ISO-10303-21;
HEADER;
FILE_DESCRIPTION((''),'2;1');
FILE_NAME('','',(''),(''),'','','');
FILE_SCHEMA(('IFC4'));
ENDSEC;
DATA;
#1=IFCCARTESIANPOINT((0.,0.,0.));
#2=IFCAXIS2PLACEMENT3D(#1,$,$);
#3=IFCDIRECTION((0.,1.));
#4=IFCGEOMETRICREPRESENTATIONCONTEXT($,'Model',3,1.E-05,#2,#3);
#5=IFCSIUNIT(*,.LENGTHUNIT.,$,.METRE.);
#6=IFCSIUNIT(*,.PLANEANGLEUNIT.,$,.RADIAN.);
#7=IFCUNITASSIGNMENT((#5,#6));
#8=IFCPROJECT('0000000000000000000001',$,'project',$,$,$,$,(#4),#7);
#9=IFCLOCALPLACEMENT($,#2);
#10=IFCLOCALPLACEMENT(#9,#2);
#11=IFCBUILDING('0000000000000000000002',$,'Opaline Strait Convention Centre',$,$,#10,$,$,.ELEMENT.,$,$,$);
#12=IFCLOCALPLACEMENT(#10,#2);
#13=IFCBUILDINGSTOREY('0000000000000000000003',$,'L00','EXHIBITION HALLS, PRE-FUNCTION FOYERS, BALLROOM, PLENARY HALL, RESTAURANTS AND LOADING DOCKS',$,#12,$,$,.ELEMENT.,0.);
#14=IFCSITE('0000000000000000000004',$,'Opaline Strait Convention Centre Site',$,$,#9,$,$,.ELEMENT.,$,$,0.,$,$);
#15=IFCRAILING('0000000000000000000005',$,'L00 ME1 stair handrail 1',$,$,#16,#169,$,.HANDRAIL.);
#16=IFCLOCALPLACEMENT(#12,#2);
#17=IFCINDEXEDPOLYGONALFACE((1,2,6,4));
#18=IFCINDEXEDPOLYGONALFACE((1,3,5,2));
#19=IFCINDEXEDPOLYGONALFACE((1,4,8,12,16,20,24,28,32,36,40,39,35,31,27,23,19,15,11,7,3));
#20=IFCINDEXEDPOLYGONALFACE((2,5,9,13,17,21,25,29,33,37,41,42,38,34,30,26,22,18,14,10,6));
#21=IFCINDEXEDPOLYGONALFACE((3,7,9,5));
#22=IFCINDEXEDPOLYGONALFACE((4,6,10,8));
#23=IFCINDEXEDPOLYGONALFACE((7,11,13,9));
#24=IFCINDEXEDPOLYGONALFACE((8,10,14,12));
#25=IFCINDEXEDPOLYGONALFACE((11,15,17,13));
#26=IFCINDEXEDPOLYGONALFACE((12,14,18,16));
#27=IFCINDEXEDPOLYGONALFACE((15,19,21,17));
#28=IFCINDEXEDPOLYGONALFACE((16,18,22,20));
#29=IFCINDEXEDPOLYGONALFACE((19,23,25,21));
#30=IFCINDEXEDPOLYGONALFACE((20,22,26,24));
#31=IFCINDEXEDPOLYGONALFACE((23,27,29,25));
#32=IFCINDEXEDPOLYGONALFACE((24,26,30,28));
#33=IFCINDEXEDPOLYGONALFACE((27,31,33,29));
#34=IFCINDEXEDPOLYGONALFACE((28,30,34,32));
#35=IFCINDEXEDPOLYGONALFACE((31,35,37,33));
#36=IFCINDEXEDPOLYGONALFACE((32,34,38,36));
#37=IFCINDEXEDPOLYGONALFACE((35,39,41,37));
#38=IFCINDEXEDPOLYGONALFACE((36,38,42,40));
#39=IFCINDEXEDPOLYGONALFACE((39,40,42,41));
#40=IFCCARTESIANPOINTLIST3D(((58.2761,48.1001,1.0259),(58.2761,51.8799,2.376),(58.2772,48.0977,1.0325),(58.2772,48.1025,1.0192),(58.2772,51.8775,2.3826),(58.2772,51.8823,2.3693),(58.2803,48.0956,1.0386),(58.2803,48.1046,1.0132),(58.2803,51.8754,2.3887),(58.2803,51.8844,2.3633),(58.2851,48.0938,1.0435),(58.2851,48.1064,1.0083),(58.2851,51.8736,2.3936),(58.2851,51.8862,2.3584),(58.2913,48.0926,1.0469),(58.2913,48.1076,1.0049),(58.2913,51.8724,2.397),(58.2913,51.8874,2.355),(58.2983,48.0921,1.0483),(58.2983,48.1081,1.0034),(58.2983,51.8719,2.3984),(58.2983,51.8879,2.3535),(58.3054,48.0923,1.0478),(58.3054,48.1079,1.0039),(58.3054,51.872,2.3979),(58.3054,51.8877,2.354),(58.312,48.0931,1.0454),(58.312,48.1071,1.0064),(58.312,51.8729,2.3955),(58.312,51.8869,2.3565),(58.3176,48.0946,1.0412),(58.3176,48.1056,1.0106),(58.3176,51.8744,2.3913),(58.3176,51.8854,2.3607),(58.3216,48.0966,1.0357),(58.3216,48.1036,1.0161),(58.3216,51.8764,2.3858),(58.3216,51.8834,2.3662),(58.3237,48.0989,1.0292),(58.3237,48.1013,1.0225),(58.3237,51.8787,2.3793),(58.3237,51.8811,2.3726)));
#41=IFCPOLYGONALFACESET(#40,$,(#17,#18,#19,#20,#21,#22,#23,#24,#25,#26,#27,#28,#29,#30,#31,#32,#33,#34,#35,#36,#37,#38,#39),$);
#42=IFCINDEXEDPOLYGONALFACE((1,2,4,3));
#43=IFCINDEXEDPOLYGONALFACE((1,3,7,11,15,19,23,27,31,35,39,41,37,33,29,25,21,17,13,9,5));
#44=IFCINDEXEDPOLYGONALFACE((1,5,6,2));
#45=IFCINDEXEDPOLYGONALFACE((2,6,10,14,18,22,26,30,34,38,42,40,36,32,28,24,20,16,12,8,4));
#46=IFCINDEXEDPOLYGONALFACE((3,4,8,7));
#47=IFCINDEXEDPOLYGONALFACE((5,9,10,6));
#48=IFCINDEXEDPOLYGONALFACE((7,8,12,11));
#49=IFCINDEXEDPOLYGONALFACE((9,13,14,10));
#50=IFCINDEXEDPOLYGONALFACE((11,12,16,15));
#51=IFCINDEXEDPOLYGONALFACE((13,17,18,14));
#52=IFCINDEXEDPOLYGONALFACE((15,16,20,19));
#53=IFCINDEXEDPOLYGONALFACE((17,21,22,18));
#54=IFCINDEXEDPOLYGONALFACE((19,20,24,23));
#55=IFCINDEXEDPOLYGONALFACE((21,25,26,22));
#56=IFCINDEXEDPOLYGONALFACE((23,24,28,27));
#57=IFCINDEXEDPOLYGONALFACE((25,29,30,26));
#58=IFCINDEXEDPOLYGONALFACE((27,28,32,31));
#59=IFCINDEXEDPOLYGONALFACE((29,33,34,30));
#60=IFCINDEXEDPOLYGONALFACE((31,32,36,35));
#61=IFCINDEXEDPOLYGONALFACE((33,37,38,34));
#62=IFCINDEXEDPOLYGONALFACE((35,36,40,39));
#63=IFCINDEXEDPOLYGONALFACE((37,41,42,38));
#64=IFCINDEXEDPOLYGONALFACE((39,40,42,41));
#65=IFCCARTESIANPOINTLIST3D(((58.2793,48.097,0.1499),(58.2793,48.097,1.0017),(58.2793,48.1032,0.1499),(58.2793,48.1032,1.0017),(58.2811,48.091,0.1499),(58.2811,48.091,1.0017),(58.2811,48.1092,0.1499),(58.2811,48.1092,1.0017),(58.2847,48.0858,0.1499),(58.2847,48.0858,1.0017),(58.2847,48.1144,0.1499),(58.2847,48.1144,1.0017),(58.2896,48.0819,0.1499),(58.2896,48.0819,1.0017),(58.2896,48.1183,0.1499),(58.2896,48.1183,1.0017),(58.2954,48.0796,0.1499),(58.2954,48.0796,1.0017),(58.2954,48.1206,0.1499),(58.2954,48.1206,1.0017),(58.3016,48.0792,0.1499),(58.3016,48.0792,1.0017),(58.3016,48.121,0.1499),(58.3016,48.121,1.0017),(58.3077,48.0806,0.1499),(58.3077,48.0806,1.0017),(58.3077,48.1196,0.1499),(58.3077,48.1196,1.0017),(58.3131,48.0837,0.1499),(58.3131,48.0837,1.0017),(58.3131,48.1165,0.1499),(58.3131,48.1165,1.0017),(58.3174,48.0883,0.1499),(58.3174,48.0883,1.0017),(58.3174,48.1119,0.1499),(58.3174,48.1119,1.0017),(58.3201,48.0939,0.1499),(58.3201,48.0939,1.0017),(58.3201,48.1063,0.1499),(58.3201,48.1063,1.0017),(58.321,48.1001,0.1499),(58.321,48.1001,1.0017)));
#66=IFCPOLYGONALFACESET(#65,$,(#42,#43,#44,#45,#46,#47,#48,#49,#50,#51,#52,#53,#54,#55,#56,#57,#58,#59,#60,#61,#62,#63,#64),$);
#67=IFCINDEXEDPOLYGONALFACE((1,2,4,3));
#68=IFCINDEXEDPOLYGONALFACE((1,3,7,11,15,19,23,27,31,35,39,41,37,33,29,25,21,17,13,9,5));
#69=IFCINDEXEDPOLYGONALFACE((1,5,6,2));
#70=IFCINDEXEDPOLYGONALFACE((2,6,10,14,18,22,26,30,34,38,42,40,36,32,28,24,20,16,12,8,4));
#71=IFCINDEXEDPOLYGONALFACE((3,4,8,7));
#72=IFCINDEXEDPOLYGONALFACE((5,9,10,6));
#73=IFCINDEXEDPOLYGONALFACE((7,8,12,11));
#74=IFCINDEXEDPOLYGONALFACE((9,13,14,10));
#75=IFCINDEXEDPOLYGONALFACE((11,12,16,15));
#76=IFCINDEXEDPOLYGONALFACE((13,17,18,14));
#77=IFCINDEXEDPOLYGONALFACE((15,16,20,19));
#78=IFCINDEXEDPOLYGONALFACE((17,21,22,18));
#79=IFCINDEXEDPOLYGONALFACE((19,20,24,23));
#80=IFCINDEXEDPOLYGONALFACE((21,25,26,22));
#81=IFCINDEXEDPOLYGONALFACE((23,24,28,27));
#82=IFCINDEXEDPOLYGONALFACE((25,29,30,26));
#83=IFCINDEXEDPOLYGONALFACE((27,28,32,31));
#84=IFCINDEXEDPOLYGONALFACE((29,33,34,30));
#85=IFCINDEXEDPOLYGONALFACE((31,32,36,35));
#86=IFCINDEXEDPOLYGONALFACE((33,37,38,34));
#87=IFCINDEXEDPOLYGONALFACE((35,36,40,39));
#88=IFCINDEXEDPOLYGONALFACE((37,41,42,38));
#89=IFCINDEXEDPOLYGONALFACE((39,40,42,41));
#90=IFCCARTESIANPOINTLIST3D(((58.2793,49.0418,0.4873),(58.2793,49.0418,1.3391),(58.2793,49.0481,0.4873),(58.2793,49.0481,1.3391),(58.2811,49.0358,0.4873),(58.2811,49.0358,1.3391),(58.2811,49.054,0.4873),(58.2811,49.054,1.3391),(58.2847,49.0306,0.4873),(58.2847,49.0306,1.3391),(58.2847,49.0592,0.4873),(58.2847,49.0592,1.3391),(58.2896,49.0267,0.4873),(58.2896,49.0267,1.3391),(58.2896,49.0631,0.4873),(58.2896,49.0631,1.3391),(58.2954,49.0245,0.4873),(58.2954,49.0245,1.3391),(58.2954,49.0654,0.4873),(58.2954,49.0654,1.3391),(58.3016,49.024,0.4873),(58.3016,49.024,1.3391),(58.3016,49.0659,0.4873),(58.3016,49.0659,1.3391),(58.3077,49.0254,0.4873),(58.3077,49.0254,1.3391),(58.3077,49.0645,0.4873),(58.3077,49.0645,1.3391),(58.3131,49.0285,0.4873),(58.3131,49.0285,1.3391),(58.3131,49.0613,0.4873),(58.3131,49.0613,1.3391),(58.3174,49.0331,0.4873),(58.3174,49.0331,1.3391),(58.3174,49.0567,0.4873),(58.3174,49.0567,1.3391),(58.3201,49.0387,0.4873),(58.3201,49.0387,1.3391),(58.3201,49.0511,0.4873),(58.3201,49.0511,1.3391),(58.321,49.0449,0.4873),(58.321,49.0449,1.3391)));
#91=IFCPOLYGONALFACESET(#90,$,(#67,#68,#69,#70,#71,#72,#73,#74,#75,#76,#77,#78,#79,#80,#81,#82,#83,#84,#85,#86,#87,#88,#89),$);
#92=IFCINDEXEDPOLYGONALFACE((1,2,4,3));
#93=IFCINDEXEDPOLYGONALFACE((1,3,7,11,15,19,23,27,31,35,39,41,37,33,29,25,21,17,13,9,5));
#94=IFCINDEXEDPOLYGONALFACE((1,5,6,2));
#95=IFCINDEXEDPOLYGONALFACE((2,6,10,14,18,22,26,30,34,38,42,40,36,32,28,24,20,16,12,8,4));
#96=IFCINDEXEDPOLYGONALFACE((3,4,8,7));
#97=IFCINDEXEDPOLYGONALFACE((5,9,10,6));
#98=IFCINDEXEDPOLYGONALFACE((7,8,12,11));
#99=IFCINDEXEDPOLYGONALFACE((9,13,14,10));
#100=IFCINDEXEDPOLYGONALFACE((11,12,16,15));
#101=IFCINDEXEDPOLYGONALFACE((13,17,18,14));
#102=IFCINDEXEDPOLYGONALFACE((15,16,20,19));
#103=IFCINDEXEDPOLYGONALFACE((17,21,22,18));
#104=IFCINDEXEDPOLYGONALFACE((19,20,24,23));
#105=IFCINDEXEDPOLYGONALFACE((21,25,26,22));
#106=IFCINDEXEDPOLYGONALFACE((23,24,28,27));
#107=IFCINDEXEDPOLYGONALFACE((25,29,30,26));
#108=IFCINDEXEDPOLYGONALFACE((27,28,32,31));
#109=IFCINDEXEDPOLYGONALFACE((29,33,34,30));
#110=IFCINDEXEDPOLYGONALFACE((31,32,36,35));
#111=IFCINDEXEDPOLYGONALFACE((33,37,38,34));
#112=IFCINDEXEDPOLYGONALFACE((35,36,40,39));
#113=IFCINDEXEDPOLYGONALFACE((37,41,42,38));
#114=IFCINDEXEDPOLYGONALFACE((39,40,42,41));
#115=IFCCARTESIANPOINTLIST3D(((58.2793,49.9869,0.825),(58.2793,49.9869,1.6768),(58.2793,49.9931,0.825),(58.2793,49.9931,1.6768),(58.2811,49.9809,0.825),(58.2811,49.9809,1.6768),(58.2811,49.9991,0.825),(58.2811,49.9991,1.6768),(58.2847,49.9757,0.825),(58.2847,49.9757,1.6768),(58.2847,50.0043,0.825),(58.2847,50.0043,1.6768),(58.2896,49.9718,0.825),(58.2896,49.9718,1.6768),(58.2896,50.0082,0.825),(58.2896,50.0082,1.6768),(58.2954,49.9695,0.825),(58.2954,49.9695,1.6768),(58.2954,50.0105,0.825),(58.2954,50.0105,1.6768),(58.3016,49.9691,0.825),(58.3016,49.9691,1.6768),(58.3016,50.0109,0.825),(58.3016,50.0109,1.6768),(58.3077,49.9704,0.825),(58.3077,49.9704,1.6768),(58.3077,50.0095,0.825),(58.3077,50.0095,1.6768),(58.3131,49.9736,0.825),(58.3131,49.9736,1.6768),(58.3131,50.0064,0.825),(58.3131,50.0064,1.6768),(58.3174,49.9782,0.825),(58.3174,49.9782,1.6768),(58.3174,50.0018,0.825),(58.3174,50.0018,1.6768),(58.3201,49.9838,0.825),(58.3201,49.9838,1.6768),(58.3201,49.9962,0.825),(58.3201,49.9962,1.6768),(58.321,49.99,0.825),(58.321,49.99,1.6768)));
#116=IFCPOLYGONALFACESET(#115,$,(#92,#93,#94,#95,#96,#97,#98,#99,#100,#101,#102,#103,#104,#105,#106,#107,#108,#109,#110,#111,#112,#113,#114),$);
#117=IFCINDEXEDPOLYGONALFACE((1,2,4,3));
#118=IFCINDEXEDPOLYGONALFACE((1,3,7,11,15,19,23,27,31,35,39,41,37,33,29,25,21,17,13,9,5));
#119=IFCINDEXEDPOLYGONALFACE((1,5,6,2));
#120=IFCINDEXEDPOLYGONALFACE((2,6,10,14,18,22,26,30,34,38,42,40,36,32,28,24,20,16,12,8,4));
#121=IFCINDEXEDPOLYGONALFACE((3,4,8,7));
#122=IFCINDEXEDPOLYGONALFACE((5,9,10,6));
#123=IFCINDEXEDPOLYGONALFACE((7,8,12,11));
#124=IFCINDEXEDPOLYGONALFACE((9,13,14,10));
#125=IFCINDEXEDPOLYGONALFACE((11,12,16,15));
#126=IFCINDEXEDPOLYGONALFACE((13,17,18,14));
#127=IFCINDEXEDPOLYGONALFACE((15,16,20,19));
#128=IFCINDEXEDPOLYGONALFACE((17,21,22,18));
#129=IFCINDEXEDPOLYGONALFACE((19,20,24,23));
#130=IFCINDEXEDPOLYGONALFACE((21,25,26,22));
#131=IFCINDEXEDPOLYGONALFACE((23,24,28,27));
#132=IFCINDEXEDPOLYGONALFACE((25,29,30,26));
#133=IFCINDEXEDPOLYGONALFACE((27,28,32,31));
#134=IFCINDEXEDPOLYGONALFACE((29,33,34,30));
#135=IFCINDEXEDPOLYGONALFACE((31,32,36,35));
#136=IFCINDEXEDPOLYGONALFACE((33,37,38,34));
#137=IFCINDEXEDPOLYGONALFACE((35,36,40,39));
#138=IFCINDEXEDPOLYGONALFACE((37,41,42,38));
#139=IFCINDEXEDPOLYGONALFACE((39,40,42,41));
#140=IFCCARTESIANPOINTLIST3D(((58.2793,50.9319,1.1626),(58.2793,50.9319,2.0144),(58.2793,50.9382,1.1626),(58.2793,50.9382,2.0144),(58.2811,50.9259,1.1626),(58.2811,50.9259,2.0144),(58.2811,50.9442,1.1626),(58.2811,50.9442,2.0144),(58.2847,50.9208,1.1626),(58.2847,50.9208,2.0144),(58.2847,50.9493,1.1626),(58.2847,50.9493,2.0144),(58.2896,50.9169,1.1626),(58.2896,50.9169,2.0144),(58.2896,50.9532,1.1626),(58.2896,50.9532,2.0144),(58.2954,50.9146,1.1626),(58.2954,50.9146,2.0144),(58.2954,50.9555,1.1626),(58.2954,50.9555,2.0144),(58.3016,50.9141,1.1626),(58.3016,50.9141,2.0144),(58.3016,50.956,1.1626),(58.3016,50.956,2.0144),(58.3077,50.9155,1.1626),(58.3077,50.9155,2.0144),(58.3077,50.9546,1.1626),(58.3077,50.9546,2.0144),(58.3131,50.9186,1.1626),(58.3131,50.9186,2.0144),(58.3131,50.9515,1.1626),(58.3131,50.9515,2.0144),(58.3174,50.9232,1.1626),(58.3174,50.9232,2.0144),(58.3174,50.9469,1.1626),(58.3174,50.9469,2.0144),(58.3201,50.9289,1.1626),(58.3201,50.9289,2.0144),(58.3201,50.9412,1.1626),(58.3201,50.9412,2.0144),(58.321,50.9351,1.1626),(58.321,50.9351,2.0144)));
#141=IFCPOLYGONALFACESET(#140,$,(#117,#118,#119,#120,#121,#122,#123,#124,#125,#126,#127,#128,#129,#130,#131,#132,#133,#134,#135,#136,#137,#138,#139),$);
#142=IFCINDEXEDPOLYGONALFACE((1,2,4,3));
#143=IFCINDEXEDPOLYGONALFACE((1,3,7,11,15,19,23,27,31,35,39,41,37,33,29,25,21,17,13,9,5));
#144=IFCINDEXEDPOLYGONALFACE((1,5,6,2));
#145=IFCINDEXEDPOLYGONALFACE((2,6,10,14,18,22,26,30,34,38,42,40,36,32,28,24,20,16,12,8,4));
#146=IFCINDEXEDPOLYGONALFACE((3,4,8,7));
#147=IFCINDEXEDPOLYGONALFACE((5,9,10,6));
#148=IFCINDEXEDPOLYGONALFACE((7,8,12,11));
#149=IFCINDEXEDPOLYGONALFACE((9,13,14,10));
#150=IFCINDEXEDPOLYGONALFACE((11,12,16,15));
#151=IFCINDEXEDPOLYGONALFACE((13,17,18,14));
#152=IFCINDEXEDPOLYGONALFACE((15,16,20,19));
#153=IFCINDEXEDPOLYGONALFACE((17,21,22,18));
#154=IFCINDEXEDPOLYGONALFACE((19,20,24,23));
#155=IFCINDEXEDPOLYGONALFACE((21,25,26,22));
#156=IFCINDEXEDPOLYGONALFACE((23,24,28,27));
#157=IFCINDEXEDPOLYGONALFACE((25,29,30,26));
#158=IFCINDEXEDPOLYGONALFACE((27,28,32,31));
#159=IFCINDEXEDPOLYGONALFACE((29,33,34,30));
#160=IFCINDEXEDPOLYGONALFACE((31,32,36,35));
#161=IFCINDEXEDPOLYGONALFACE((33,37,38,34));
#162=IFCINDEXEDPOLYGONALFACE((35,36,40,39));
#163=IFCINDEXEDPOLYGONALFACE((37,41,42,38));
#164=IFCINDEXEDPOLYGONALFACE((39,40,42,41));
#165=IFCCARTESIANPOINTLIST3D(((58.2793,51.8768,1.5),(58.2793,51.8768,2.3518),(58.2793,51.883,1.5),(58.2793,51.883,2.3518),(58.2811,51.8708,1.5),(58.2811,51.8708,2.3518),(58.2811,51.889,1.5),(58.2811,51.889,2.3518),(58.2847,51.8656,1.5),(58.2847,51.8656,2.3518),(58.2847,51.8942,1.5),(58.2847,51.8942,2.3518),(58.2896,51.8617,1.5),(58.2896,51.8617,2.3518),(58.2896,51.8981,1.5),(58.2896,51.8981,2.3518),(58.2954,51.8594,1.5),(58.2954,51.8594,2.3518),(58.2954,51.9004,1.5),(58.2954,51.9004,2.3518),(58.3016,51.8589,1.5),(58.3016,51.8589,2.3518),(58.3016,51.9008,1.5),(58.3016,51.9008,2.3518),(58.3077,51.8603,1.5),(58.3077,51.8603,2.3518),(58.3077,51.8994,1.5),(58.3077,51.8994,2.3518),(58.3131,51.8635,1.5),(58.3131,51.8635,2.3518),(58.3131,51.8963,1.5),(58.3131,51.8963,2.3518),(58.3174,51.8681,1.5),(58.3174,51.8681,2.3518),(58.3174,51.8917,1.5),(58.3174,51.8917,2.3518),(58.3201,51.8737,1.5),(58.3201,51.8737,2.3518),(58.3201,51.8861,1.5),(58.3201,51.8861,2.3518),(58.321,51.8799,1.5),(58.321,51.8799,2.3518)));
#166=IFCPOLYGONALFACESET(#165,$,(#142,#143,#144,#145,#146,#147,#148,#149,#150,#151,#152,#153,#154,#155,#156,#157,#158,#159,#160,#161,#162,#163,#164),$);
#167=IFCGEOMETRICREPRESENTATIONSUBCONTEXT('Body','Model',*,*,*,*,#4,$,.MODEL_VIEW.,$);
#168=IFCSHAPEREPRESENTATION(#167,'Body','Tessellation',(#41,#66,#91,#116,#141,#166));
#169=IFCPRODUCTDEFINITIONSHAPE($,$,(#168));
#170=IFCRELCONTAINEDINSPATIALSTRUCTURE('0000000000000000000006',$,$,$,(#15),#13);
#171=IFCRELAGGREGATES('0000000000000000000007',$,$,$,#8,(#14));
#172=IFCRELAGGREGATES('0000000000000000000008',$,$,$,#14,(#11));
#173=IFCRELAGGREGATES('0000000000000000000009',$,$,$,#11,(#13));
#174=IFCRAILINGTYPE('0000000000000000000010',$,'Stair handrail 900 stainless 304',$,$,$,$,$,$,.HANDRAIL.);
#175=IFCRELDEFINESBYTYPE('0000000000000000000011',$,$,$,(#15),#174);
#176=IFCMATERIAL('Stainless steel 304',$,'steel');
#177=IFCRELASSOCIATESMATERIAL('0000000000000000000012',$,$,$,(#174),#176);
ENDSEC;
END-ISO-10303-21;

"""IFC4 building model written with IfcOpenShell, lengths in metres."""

from ifc_helpers import new_model, si_unit, direction, frame, origin, origin_2d, place, context, subcontext, project, spatial, circle, extrude, material, type_object, element, save


model = new_model("IFC4")

# Units and contexts
model_context = context("Model", 3, precision=1e-05, world=origin(), true_north=direction((0.0, 1.0)))
body_context = subcontext(model_context, "Body", "Model", "MODEL_VIEW")
ifc_project = project(units=[si_unit("LENGTHUNIT", "METRE"), si_unit("PLANEANGLEUNIT", "RADIAN")], contexts=[model_context])

# Site, building, storey
site_placement = place(None, origin())
site = spatial("IfcSite", under=ifc_project, at=site_placement, Name="Opaline Strait Convention Centre Site", CompositionType="ELEMENT", RefElevation=0.0)
building_placement = place(site_placement, origin())
building = spatial("IfcBuilding", under=site, at=building_placement, Name="Opaline Strait Convention Centre", CompositionType="ELEMENT")
storey_placement = place(building_placement, origin())
storey = spatial("IfcBuildingStorey", under=building, at=storey_placement, Name="L00", Description="EXHIBITION HALLS, PRE-FUNCTION FOYERS, BALLROOM, PLENARY HALL, RESTAURANTS AND LOADING DOCKS", CompositionType="ELEMENT", Elevation=0.0)

# Railing
ifc_material_1 = material(Name="Stainless steel 304", Category="steel")
railing_type_1 = type_object("IfcRailingType", Name="Stair handrail 900 stainless 304", PredefinedType="HANDRAIL", material=ifc_material_1)
railing_1_placement = place(storey_placement, frame((58.3, 48.1001, 0.1499)))
element("IfcRailing", 1, at=railing_1_placement, inside=storey, type_object=railing_type_1, Name="L00 ME1 stair handrail 1", PredefinedType="HANDRAIL", context=body_context, shape_type="SweptSolid", body=[
    extrude(circle(Radius=0.0239, at=origin_2d()), frame((0.0, 0.0, 0.876), z_axis=(0.0, 0.941728, 0.336375), x_axis=(-1.0, 0.0, 0.0)), (0.0, 0.0, 1.0), 4.0137),
    extrude(circle(Radius=0.021, at=origin_2d()), origin(), (0.0, 0.0, 1.0), 0.8518),
    extrude(circle(Radius=0.021, at=origin_2d()), frame((0.0, 0.9448, 0.3374)), (0.0, 0.0, 1.0), 0.8518),
    extrude(circle(Radius=0.021, at=origin_2d()), frame((0.0, 1.8899, 0.675)), (0.0, 0.0, 1.0), 0.8518),
    extrude(circle(Radius=0.021, at=origin_2d()), frame((0.0, 2.835, 1.0127)), (0.0, 0.0, 1.0), 0.8518),
    extrude(circle(Radius=0.021, at=origin_2d()), frame((0.0, 3.7798, 1.3501)), (0.0, 0.0, 1.0), 0.8518),
])

save(model, "model.ifc")
